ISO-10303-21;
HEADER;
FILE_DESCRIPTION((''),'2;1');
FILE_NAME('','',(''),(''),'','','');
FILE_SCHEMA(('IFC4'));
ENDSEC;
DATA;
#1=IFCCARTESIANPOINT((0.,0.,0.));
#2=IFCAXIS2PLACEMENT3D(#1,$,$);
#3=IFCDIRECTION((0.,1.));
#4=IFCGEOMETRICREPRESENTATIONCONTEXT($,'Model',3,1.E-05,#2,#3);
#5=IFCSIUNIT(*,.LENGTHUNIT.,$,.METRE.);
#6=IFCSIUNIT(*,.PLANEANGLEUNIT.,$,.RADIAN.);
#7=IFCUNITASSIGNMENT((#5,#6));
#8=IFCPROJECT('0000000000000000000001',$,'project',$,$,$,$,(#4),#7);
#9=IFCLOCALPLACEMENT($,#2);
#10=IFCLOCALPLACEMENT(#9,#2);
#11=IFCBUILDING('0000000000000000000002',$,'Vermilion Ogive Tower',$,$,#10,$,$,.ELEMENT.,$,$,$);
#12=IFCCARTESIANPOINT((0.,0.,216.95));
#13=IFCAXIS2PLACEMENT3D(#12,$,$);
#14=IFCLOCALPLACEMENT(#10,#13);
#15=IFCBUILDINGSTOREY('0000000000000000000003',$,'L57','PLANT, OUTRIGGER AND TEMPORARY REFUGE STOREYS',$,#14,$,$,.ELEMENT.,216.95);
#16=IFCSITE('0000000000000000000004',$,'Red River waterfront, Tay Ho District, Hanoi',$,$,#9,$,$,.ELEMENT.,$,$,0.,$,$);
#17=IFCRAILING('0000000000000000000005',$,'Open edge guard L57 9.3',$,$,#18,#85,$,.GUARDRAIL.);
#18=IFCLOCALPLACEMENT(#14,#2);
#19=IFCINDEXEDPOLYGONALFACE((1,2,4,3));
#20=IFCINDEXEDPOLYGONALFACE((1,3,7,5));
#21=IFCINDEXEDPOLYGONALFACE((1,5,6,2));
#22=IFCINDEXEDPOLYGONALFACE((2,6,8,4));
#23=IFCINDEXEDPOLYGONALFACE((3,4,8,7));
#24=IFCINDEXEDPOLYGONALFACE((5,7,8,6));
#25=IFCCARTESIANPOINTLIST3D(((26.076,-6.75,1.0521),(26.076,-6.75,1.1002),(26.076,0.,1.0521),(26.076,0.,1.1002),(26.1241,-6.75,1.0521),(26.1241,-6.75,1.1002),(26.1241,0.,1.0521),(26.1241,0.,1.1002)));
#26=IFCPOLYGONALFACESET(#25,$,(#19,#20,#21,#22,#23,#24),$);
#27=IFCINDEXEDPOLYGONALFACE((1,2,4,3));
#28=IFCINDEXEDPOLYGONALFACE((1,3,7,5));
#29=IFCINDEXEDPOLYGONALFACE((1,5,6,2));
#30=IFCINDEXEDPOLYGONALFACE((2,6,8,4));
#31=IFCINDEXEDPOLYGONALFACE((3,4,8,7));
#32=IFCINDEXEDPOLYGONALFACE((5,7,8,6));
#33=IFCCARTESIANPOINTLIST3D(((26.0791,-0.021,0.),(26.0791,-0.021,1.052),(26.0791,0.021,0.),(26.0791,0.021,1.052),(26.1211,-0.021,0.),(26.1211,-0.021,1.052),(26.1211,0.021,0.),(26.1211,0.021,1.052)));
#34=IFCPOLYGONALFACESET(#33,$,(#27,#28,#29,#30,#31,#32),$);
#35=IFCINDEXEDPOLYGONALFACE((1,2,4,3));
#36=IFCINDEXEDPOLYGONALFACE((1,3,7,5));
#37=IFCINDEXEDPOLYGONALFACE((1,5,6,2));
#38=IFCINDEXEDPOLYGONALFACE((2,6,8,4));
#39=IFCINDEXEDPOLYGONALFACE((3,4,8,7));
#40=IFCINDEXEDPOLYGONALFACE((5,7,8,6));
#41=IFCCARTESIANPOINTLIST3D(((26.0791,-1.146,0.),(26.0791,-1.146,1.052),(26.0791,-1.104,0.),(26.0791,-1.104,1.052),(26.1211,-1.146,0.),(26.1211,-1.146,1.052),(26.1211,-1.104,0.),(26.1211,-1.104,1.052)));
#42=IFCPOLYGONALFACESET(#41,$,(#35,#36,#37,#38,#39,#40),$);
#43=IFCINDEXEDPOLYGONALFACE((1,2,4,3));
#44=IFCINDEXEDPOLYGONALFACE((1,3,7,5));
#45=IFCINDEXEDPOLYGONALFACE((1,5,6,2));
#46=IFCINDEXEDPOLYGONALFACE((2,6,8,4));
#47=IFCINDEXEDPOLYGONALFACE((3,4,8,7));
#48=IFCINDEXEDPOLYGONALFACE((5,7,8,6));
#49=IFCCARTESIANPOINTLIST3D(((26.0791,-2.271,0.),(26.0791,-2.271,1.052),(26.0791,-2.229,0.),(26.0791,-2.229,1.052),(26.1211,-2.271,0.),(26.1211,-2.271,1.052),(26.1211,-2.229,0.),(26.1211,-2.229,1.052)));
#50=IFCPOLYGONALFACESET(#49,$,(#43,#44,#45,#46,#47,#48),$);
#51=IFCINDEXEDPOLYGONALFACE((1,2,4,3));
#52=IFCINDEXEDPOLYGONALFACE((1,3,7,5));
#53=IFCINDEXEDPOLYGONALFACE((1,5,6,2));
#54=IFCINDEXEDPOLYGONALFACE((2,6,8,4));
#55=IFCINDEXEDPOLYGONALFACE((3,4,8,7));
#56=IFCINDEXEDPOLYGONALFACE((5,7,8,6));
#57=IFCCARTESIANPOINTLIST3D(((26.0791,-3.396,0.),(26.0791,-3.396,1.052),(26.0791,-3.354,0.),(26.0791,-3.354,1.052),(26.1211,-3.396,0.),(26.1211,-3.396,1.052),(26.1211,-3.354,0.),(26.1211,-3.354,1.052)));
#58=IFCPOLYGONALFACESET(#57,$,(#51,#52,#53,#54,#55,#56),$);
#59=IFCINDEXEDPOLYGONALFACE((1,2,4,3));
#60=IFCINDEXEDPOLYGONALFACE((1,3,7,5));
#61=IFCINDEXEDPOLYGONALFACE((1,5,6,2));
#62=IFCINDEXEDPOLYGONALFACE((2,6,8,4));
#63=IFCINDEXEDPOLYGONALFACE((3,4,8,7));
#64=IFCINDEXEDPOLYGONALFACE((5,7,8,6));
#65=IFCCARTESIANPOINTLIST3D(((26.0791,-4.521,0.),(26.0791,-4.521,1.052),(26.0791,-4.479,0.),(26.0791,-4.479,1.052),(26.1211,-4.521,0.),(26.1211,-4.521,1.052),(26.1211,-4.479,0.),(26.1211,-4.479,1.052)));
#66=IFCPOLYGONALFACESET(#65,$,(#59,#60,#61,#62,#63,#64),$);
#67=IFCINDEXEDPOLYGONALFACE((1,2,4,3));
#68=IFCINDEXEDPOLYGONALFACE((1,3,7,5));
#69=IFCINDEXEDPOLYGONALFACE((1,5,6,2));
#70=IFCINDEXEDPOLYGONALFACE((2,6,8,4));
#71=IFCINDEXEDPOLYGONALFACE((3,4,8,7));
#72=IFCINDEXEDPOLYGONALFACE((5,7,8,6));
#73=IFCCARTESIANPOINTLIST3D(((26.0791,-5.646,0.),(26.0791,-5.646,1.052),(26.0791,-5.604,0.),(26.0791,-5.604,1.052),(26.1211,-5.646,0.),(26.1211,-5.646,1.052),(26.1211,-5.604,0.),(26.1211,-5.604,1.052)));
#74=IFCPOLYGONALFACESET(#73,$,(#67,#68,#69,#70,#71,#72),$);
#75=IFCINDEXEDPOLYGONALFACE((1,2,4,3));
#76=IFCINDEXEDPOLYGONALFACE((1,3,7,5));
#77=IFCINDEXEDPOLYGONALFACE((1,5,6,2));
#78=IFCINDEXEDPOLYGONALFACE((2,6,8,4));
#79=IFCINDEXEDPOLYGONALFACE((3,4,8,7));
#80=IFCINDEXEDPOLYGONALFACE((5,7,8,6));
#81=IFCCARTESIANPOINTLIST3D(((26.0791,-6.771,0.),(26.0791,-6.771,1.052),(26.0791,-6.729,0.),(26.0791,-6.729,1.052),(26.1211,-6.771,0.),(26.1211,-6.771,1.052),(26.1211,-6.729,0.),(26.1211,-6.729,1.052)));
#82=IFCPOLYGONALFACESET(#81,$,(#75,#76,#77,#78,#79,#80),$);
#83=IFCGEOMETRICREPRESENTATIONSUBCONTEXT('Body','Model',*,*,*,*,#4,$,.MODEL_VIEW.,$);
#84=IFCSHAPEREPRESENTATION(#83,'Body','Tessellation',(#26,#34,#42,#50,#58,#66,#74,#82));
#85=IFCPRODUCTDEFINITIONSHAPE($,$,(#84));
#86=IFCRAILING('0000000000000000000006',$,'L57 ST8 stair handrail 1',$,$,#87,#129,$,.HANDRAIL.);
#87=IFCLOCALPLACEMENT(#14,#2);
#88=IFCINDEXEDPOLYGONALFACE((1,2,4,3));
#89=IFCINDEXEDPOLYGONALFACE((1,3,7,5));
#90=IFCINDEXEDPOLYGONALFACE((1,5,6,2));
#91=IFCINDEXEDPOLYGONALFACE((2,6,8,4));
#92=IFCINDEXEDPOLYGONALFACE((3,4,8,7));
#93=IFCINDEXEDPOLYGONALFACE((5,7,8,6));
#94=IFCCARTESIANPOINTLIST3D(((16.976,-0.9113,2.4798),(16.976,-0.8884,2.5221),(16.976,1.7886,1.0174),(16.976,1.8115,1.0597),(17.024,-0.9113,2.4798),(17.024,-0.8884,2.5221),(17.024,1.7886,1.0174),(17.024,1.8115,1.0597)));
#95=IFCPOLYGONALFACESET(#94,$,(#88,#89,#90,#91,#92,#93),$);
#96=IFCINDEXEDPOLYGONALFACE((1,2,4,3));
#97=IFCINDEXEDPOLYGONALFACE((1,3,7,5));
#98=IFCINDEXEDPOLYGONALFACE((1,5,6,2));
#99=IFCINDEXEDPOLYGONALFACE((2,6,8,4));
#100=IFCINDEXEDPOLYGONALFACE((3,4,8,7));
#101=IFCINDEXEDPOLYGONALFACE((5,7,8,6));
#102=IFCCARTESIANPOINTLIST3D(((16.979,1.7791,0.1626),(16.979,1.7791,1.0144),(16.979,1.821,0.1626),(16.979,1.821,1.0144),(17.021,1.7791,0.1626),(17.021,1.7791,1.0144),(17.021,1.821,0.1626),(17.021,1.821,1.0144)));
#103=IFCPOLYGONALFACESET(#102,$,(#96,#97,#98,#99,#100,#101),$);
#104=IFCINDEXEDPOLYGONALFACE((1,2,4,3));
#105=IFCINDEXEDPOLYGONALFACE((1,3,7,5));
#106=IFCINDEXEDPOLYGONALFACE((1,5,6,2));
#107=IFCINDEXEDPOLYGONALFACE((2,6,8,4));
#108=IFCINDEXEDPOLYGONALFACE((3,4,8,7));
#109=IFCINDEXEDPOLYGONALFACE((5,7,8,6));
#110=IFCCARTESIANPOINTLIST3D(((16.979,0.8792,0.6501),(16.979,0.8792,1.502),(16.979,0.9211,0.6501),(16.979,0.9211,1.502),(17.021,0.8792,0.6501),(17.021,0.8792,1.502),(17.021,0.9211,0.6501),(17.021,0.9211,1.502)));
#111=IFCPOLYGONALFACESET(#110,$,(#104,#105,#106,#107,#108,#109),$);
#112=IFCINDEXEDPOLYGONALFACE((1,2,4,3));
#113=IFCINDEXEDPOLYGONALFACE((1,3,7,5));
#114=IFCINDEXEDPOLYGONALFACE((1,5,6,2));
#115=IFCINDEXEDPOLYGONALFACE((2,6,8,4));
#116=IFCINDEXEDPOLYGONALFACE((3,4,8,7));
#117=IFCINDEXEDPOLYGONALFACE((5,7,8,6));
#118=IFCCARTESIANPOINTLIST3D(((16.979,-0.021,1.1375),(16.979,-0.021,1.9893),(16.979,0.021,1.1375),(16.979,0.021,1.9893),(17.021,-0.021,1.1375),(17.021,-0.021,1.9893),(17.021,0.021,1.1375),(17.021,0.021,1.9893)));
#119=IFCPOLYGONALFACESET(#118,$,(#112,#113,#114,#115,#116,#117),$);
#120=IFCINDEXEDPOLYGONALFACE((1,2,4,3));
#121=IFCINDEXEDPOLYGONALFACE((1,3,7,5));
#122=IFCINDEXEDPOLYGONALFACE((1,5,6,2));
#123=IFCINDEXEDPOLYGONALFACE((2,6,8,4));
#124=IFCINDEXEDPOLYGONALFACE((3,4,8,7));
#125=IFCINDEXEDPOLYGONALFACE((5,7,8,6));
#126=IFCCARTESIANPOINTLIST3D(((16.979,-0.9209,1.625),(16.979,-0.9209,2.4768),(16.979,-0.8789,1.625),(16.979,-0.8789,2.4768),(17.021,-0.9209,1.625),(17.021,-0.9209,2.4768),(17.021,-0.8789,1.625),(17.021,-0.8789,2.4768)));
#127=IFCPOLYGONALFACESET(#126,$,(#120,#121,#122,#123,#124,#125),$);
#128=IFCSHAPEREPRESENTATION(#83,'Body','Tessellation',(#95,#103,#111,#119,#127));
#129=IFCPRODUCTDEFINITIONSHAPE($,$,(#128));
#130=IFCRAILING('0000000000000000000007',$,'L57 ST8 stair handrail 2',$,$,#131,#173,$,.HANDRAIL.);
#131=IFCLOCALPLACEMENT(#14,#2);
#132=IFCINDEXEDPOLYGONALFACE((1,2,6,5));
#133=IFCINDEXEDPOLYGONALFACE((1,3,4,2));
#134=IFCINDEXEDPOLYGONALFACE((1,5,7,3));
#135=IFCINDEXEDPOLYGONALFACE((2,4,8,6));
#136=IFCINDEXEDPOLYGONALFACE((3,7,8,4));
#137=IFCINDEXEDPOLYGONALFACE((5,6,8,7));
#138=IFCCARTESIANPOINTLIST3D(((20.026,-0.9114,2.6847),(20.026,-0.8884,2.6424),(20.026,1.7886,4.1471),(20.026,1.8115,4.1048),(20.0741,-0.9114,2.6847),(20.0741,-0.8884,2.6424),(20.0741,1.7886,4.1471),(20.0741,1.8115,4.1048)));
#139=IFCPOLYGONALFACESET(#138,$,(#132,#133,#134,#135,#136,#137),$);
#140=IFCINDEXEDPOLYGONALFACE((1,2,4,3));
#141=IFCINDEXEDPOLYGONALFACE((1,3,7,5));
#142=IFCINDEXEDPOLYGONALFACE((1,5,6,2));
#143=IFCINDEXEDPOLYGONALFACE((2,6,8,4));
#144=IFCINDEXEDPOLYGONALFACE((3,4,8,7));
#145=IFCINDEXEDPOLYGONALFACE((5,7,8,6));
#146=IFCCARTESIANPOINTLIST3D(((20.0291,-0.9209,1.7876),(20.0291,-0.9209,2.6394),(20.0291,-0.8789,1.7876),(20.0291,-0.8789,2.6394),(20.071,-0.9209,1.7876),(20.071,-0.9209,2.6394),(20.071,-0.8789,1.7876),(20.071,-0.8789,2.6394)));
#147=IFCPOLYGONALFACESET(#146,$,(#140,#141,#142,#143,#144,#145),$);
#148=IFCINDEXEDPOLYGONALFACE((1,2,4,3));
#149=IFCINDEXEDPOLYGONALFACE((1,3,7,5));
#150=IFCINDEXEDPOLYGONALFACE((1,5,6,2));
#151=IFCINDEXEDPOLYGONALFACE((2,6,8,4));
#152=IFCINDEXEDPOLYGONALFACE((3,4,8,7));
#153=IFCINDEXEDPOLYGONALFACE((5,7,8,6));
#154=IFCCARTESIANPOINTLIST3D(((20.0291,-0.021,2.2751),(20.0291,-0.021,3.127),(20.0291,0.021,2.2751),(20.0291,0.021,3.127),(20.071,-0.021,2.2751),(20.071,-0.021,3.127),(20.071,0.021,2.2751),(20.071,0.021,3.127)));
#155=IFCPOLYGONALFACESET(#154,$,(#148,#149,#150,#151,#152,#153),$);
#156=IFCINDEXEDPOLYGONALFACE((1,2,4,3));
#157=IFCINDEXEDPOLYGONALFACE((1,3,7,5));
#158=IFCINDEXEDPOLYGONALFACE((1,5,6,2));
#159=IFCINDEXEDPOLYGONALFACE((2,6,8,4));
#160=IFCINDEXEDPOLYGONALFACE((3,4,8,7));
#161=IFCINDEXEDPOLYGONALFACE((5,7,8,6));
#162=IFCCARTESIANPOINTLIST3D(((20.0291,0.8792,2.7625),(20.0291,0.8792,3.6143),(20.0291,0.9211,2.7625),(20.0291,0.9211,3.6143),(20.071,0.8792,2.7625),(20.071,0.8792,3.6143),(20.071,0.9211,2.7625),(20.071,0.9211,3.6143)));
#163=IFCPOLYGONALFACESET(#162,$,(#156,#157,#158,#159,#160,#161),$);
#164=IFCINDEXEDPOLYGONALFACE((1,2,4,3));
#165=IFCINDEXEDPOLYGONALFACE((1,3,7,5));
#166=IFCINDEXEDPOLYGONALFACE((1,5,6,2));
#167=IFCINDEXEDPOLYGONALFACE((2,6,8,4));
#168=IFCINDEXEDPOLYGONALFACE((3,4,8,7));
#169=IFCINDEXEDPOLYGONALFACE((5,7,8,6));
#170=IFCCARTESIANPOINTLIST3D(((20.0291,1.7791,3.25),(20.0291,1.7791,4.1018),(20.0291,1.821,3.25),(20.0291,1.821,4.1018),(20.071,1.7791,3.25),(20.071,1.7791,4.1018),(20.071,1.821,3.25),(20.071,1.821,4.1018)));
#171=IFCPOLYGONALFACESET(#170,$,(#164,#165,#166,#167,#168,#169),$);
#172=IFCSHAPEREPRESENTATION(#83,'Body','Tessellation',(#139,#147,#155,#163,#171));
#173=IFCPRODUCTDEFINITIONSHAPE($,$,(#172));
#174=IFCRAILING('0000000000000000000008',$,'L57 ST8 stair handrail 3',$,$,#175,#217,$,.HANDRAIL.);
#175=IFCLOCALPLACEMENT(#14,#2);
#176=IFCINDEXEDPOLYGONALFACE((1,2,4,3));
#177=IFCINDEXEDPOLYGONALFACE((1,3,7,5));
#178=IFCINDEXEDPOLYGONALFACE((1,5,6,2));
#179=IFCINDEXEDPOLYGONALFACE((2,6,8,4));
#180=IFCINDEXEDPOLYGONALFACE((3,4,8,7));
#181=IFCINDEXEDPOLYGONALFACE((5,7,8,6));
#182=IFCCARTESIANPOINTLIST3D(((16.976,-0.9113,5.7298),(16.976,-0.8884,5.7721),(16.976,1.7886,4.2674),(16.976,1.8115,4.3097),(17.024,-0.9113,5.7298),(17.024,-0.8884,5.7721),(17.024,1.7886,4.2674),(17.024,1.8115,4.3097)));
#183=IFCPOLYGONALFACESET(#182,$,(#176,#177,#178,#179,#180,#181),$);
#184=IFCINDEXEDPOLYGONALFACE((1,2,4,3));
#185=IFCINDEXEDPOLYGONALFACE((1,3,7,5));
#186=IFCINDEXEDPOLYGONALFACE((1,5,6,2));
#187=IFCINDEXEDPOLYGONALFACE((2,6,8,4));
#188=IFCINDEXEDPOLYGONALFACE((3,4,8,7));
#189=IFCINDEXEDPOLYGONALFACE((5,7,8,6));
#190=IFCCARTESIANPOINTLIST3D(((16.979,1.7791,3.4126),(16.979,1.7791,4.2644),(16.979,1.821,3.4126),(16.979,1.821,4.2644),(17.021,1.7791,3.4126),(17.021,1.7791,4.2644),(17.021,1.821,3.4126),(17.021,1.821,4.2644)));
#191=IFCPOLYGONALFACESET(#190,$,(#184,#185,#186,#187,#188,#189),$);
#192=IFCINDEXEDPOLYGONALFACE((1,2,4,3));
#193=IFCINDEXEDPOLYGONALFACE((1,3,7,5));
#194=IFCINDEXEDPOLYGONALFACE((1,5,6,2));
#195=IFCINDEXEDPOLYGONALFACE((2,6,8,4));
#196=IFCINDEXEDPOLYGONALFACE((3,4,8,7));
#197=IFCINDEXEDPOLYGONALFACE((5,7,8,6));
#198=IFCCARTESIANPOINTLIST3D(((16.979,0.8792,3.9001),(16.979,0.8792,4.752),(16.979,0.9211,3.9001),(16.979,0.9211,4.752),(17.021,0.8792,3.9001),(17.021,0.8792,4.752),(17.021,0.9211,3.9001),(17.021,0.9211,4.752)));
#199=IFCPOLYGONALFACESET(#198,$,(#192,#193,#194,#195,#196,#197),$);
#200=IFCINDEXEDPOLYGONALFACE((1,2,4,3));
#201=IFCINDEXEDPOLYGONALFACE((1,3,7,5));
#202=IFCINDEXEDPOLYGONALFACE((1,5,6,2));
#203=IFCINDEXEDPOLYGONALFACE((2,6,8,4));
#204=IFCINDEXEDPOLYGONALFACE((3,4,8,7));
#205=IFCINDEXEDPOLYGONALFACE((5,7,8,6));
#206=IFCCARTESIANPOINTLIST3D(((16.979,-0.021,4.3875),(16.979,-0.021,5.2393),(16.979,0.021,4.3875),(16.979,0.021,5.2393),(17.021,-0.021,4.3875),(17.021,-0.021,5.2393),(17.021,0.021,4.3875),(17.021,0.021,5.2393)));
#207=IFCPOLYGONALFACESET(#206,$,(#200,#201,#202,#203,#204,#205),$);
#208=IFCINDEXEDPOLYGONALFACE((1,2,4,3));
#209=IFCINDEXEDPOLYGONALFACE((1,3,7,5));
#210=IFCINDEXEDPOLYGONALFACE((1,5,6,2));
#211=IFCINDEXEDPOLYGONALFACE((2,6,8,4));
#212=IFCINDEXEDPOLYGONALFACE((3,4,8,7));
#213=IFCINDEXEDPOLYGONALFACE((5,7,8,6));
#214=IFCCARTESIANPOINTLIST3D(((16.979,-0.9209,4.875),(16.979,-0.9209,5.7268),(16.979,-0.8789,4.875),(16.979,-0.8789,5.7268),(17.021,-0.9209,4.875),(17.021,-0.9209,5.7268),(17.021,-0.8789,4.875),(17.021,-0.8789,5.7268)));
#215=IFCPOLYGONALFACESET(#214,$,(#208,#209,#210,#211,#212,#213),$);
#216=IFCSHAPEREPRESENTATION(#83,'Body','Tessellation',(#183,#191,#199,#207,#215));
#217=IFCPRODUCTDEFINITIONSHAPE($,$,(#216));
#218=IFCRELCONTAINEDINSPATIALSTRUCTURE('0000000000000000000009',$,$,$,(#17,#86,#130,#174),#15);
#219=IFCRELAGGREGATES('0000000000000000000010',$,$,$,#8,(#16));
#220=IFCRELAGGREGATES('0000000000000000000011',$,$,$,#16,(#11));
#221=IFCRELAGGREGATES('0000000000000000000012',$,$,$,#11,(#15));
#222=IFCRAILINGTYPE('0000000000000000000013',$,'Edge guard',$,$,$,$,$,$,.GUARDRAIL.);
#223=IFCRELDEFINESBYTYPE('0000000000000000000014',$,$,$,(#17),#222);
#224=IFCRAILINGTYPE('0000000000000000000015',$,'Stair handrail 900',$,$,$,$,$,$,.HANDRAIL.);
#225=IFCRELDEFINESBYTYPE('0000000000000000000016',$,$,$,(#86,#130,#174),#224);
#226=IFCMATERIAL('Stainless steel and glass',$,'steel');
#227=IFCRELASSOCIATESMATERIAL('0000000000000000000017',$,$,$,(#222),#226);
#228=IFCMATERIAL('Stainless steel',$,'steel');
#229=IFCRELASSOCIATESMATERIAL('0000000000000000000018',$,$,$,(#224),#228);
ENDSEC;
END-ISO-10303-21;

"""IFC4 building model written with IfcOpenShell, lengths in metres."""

from ifc_helpers import new_model, si_unit, direction, frame, origin, origin_2d, place, context, subcontext, project, spatial, rectangle, extrude, material, type_object, element, save


model = new_model("IFC4")

# Units and contexts
model_context = context("Model", 3, precision=1e-05, world=origin(), true_north=direction((0.0, 1.0)))
body_context = subcontext(model_context, "Body", "Model", "MODEL_VIEW")
ifc_project = project(units=[si_unit("LENGTHUNIT", "METRE"), si_unit("PLANEANGLEUNIT", "RADIAN")], contexts=[model_context])

# Site, building, storey
site_placement = place(None, origin())
site = spatial("IfcSite", under=ifc_project, at=site_placement, Name="Red River waterfront, Tay Ho District, Hanoi", CompositionType="ELEMENT", RefElevation=0.0)
building_placement = place(site_placement, origin())
building = spatial("IfcBuilding", under=site, at=building_placement, Name="Vermilion Ogive Tower", CompositionType="ELEMENT")
storey_placement = place(building_placement, frame((0.0, 0.0, 216.95)))
storey = spatial("IfcBuildingStorey", under=building, at=storey_placement, Name="L57", Description="PLANT, OUTRIGGER AND TEMPORARY REFUGE STOREYS", CompositionType="ELEMENT", Elevation=216.95)

# Railings
ifc_material_1 = material(Name="Stainless steel and glass", Category="steel")
railing_type_1 = type_object("IfcRailingType", Name="Edge guard", PredefinedType="GUARDRAIL", material=ifc_material_1)
railing_1_placement = place(storey_placement, frame((26.1001, 0.0, 0.0)))
element("IfcRailing", 1, at=railing_1_placement, inside=storey, type_object=railing_type_1, Name="Open edge guard L57 9.3", PredefinedType="GUARDRAIL", context=body_context, shape_type="SweptSolid", body=[
    extrude(rectangle(XDim=0.0481, YDim=0.0481, at=origin_2d()), frame((0.0, 0.0, 1.0762), z_axis=(0.0, -1.0, 0.0), x_axis=(1.0, 0.0, 0.0)), (0.0, 0.0, 1.0), 6.75),
    extrude(rectangle(XDim=0.042, YDim=0.042, at=origin_2d()), origin(), (0.0, 0.0, 1.0), 1.052),
    extrude(rectangle(XDim=0.042, YDim=0.042, at=origin_2d()), frame((0.0, -1.125, 0.0)), (0.0, 0.0, 1.0), 1.052),
    extrude(rectangle(XDim=0.042, YDim=0.042, at=origin_2d()), frame((0.0, -2.25, 0.0)), (0.0, 0.0, 1.0), 1.052),
    extrude(rectangle(XDim=0.042, YDim=0.042, at=origin_2d()), frame((0.0, -3.375, 0.0)), (0.0, 0.0, 1.0), 1.052),
    extrude(rectangle(XDim=0.042, YDim=0.042, at=origin_2d()), frame((0.0, -4.5, 0.0)), (0.0, 0.0, 1.0), 1.052),
    extrude(rectangle(XDim=0.042, YDim=0.042, at=origin_2d()), frame((0.0, -5.625, 0.0)), (0.0, 0.0, 1.0), 1.052),
    extrude(rectangle(XDim=0.042, YDim=0.042, at=origin_2d()), frame((0.0, -6.75, 0.0)), (0.0, 0.0, 1.0), 1.052),
])
ifc_material_2 = material(Name="Stainless steel", Category="steel")
railing_type_2 = type_object("IfcRailingType", Name="Stair handrail 900", PredefinedType="HANDRAIL", material=ifc_material_2)
railing_2_placement = place(storey_placement, frame((17.0, 1.8, 0.1626)))
element("IfcRailing", 2, at=railing_2_placement, inside=storey, type_object=railing_type_2, Name="L57 ST8 stair handrail 1", PredefinedType="HANDRAIL", context=body_context, shape_type="SweptSolid", body=[
    extrude(rectangle(XDim=0.0481, YDim=0.0481, at=origin_2d()), frame((0.0, 0.0, 0.876), z_axis=(0.0, -0.879302, 0.476265), x_axis=(1.0, 0.0, 0.0)), (0.0, 0.0, 1.0), 3.0706),
    extrude(rectangle(XDim=0.042, YDim=0.042, at=origin_2d()), origin(), (0.0, 0.0, 1.0), 0.8518),
    extrude(rectangle(XDim=0.042, YDim=0.042, at=origin_2d()), frame((0.0, -0.8999, 0.4875)), (0.0, 0.0, 1.0), 0.8518),
    extrude(rectangle(XDim=0.042, YDim=0.042, at=origin_2d()), frame((0.0, -1.8, 0.9749)), (0.0, 0.0, 1.0), 0.8518),
    extrude(rectangle(XDim=0.042, YDim=0.042, at=origin_2d()), frame((0.0, -2.7, 1.4624)), (0.0, 0.0, 1.0), 0.8518),
])
railing_3_placement = place(storey_placement, frame((20.05, -0.8999, 1.7876)))
element("IfcRailing", 3, at=railing_3_placement, inside=storey, type_object=railing_type_2, Name="L57 ST8 stair handrail 2", PredefinedType="HANDRAIL", context=body_context, shape_type="SweptSolid", body=[
    extrude(rectangle(XDim=0.0481, YDim=0.0481, at=origin_2d()), frame((0.0, 0.0, 0.876), z_axis=(0.0, 0.879302, 0.476265), x_axis=(-1.0, 0.0, 0.0)), (0.0, 0.0, 1.0), 3.0706),
    extrude(rectangle(XDim=0.042, YDim=0.042, at=origin_2d()), origin(), (0.0, 0.0, 1.0), 0.8518),
    extrude(rectangle(XDim=0.042, YDim=0.042, at=origin_2d()), frame((0.0, 0.8999, 0.4875)), (0.0, 0.0, 1.0), 0.8518),
    extrude(rectangle(XDim=0.042, YDim=0.042, at=origin_2d()), frame((0.0, 1.8, 0.9749)), (0.0, 0.0, 1.0), 0.8518),
    extrude(rectangle(XDim=0.042, YDim=0.042, at=origin_2d()), frame((0.0, 2.7, 1.4624)), (0.0, 0.0, 1.0), 0.8518),
])
railing_4_placement = place(storey_placement, frame((17.0, 1.8, 3.4126)))
element("IfcRailing", 4, at=railing_4_placement, inside=storey, type_object=railing_type_2, Name="L57 ST8 stair handrail 3", PredefinedType="HANDRAIL", context=body_context, shape_type="SweptSolid", body=[
    extrude(rectangle(XDim=0.0481, YDim=0.0481, at=origin_2d()), frame((0.0, 0.0, 0.876), z_axis=(0.0, -0.879302, 0.476265), x_axis=(1.0, 0.0, 0.0)), (0.0, 0.0, 1.0), 3.0706),
    extrude(rectangle(XDim=0.042, YDim=0.042, at=origin_2d()), origin(), (0.0, 0.0, 1.0), 0.8518),
    extrude(rectangle(XDim=0.042, YDim=0.042, at=origin_2d()), frame((0.0, -0.8999, 0.4875)), (0.0, 0.0, 1.0), 0.8518),
    extrude(rectangle(XDim=0.042, YDim=0.042, at=origin_2d()), frame((0.0, -1.8, 0.9749)), (0.0, 0.0, 1.0), 0.8518),
    extrude(rectangle(XDim=0.042, YDim=0.042, at=origin_2d()), frame((0.0, -2.7, 1.4624)), (0.0, 0.0, 1.0), 0.8518),
])

save(model, "model.ifc")
